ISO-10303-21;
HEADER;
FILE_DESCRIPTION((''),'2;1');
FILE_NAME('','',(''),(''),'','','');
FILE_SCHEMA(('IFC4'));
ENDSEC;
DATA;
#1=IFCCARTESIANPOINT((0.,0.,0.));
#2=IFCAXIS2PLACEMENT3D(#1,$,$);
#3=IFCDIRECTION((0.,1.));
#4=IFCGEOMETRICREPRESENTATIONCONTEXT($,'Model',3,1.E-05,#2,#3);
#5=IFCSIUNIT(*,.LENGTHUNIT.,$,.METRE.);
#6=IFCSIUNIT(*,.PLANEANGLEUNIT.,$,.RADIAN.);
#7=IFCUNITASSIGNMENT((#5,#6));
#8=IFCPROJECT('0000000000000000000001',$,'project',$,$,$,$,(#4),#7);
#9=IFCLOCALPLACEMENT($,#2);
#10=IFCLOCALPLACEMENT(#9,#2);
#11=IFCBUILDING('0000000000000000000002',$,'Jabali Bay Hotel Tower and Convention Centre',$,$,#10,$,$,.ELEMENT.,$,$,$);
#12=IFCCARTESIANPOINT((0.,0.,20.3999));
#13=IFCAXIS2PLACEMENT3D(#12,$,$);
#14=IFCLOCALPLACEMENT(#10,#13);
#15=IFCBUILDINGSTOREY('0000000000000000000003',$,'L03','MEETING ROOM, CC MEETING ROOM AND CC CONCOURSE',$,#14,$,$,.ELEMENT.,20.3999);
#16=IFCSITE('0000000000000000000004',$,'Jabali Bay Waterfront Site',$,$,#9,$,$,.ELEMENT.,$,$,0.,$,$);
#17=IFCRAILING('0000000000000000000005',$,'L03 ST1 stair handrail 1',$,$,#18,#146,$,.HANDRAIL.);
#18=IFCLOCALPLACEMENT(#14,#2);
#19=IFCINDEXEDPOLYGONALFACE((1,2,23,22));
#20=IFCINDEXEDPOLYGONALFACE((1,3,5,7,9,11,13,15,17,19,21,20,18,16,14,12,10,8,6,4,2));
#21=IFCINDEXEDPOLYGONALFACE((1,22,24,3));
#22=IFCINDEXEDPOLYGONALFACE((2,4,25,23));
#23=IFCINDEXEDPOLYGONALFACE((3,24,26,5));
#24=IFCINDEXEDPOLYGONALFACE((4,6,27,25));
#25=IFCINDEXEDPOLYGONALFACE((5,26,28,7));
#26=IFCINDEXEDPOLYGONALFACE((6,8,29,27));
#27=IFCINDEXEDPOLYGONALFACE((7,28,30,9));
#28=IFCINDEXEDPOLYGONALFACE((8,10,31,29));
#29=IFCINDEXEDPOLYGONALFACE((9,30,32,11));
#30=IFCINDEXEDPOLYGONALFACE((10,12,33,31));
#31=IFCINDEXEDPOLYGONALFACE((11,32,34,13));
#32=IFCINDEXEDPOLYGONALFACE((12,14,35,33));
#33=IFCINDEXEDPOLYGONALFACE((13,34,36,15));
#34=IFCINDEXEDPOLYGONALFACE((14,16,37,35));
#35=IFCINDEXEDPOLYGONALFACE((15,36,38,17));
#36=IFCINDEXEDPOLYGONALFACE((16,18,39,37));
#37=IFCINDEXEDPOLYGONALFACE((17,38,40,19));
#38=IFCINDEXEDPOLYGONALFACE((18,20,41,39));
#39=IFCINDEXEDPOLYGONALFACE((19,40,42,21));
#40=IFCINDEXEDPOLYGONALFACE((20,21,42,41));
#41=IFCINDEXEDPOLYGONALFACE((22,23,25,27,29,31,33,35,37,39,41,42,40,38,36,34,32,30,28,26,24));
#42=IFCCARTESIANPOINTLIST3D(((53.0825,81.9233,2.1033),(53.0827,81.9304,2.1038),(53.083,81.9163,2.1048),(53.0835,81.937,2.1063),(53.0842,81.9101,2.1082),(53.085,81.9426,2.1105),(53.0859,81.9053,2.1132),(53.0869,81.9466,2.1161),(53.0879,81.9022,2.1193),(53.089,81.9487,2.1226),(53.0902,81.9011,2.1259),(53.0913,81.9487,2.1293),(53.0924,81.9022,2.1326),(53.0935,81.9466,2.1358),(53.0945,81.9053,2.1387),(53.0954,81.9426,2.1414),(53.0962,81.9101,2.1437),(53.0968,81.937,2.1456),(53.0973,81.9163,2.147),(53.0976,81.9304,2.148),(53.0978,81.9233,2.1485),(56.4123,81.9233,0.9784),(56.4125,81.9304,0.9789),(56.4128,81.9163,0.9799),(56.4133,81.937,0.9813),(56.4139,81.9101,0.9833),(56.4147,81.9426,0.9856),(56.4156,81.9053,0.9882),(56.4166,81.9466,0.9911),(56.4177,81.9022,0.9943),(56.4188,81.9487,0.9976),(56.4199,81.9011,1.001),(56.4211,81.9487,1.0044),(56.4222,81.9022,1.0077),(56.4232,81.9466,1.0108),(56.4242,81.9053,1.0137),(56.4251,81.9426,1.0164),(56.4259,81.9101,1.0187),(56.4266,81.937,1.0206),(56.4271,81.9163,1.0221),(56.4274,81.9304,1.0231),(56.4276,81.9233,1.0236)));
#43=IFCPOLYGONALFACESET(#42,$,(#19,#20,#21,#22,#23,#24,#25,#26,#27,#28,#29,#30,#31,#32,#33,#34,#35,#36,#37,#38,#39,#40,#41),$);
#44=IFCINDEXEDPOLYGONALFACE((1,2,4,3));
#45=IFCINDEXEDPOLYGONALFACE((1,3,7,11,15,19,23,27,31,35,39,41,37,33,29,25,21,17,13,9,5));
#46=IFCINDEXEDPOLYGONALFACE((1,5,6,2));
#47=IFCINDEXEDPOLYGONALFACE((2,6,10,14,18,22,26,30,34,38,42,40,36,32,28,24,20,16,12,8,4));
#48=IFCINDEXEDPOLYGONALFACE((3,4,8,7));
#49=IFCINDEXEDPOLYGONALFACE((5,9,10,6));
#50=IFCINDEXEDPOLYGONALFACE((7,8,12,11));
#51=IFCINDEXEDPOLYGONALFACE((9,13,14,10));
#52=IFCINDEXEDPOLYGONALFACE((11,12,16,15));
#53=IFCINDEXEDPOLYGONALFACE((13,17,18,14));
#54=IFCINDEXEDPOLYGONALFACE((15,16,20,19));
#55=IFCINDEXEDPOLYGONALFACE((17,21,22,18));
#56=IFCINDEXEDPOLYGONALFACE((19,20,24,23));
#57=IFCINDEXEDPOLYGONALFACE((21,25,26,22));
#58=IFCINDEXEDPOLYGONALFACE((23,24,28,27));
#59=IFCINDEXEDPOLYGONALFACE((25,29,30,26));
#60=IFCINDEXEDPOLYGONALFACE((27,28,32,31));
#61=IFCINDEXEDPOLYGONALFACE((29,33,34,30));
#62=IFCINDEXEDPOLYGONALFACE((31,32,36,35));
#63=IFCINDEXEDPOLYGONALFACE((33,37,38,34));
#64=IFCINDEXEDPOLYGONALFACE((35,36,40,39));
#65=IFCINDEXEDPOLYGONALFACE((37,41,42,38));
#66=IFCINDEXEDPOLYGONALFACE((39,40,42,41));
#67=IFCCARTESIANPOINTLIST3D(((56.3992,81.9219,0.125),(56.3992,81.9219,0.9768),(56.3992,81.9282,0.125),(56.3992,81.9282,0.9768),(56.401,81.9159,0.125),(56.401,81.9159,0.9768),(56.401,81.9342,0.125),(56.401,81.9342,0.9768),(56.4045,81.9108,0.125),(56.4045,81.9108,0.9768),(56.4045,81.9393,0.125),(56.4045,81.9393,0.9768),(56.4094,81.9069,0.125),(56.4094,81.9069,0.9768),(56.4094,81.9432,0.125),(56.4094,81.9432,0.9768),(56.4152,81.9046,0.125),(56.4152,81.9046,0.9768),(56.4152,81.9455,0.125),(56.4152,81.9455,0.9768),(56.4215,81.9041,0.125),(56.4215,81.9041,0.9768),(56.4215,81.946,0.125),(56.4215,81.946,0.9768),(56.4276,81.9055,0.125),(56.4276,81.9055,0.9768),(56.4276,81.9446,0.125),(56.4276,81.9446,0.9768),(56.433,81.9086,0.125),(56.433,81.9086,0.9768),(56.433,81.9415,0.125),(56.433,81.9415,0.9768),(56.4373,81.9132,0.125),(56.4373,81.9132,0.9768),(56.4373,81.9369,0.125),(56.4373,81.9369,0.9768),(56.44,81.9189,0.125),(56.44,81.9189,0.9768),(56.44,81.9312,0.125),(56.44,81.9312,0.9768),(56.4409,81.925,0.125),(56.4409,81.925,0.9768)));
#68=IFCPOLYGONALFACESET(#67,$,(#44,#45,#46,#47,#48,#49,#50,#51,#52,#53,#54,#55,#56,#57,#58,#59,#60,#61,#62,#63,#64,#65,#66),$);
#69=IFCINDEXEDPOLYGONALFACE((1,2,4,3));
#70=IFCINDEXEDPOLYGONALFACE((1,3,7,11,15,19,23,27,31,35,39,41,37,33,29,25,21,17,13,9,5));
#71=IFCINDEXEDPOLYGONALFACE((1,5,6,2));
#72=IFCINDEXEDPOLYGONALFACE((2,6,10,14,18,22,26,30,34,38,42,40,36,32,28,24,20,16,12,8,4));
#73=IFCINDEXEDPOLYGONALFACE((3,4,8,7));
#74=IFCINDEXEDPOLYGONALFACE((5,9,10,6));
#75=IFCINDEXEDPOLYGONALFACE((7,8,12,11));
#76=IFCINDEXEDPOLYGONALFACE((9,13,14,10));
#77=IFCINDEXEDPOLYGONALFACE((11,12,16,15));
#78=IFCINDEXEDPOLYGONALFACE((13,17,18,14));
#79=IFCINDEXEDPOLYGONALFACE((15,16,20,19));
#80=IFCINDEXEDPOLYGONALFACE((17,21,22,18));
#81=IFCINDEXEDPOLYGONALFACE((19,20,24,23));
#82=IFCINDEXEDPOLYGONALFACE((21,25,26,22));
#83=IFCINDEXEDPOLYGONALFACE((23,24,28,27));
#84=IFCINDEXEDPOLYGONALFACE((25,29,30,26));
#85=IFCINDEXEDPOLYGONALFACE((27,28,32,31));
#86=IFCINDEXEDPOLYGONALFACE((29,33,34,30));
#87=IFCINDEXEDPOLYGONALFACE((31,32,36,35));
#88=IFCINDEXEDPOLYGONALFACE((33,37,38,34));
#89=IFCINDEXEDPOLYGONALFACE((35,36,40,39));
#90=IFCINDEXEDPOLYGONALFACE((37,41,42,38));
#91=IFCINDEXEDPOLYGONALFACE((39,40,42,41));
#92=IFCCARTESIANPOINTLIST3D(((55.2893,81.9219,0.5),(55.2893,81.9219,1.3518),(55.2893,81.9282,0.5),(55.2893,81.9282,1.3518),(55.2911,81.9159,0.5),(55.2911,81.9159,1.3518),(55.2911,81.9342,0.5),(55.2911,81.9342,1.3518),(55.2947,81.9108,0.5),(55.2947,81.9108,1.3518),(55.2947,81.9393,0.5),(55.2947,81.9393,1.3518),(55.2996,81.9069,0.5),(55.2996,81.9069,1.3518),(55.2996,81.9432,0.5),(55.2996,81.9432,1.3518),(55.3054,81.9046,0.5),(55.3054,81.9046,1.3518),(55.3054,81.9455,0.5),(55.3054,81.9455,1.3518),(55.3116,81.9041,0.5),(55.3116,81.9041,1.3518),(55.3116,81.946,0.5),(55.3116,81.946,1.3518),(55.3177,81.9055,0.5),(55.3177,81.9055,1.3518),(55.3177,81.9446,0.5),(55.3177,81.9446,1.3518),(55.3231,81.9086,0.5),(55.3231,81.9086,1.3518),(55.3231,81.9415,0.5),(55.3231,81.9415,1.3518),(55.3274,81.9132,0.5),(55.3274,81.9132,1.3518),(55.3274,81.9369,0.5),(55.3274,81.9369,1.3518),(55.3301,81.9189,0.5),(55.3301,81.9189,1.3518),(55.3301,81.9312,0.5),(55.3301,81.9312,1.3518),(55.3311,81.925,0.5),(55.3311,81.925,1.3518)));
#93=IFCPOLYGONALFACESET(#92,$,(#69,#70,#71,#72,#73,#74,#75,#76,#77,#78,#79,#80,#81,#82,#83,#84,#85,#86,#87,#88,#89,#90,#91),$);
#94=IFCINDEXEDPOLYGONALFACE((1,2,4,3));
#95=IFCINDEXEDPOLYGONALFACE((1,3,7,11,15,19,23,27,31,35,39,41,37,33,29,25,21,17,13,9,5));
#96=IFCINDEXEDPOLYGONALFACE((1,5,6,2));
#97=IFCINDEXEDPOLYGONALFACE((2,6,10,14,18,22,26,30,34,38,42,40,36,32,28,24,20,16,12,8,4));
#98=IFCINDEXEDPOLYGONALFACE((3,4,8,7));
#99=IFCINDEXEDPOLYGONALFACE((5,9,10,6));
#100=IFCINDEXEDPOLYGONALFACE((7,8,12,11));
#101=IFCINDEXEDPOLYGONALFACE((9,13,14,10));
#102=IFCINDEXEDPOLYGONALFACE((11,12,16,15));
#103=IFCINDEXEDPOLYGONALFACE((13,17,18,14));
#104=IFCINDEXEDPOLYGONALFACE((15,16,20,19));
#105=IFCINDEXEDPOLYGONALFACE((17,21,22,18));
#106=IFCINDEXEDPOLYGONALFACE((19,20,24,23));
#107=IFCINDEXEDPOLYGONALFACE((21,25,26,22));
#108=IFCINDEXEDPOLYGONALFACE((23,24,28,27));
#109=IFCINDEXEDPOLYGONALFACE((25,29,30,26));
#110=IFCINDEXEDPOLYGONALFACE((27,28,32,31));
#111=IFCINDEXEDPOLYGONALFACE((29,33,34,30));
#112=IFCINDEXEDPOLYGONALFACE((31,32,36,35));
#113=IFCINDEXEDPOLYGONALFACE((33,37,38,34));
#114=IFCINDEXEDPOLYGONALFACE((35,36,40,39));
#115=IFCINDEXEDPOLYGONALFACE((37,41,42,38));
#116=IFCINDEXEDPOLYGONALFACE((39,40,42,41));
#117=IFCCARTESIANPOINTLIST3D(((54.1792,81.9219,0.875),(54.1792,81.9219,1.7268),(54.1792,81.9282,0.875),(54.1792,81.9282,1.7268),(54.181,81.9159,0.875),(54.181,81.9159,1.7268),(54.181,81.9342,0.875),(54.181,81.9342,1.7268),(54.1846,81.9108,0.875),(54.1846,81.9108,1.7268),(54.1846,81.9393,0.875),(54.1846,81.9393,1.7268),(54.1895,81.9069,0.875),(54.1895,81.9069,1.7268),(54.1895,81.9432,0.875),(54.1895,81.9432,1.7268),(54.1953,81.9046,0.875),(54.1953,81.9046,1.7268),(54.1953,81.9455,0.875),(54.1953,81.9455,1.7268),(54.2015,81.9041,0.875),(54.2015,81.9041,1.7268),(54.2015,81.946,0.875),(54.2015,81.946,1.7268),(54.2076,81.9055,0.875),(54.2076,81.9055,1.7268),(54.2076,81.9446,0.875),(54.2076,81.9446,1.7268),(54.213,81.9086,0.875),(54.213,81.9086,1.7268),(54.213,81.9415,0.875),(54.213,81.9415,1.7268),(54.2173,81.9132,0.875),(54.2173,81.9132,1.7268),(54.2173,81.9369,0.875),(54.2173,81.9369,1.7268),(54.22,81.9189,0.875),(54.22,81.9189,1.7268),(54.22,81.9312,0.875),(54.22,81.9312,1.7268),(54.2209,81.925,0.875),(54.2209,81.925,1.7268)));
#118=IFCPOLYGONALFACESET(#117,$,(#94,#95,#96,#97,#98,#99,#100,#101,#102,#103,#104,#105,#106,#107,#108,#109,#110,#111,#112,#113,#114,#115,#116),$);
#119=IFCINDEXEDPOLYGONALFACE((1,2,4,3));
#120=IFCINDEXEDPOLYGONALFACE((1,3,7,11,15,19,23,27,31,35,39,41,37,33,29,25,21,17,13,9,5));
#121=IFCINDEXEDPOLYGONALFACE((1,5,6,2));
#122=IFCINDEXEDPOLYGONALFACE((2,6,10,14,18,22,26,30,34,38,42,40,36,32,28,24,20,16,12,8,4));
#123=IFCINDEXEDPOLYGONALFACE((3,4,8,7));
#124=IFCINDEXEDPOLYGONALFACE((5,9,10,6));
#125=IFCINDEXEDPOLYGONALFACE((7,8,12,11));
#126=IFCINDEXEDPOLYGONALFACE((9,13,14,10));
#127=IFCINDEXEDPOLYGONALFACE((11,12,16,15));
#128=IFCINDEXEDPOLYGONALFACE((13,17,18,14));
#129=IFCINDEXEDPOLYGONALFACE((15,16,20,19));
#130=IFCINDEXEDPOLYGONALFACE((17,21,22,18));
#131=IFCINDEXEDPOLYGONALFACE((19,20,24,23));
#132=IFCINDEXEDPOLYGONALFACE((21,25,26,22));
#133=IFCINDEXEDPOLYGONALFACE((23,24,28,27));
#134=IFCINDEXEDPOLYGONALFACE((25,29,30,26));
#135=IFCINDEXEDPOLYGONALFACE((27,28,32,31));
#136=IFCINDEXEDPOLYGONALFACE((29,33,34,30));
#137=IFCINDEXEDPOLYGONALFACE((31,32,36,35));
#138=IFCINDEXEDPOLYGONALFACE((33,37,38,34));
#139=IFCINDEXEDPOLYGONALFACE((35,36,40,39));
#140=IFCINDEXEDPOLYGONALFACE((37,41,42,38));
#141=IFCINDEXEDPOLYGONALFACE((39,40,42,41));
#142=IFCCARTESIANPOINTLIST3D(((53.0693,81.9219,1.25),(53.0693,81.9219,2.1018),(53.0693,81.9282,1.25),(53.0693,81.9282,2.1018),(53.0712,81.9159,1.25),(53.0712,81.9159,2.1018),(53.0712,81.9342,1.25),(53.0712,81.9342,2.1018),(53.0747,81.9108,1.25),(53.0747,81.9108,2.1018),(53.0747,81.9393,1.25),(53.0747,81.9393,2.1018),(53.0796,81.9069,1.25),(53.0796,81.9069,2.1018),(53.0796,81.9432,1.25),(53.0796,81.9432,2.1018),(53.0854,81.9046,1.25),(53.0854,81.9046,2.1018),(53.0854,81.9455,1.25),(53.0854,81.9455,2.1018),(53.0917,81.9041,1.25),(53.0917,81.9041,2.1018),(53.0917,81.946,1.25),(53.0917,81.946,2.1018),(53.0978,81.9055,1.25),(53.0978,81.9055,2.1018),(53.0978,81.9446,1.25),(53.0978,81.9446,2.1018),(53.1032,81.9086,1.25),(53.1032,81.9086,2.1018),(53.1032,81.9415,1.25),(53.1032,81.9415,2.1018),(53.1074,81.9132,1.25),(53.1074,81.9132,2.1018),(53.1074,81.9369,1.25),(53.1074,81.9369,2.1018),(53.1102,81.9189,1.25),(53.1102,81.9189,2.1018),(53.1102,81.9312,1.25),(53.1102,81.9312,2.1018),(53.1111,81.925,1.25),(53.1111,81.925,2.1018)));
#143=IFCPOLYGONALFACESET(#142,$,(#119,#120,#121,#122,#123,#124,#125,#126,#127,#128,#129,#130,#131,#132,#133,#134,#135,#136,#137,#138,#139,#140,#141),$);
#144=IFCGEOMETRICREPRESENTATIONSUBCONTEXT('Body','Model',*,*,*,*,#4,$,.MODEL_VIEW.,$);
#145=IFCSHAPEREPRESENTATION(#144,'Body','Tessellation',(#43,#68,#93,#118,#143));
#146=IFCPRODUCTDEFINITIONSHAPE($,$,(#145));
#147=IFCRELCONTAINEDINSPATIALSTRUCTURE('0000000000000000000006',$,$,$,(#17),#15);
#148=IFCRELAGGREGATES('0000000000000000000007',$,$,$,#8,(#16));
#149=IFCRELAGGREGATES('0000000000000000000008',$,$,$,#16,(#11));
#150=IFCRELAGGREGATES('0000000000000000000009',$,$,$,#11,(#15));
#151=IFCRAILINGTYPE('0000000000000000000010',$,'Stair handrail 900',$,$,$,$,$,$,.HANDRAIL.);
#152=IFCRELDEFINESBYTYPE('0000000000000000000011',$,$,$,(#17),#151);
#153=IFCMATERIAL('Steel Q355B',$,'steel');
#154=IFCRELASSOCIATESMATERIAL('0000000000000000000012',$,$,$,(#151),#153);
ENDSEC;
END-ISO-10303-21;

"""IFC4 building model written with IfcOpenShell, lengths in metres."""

from ifc_helpers import new_model, si_unit, direction, frame, origin, origin_2d, place, context, subcontext, project, spatial, circle, extrude, material, type_object, element, save


model = new_model("IFC4")

# Units and contexts
model_context = context("Model", 3, precision=1e-05, world=origin(), true_north=direction((0.0, 1.0)))
body_context = subcontext(model_context, "Body", "Model", "MODEL_VIEW")
ifc_project = project(units=[si_unit("LENGTHUNIT", "METRE"), si_unit("PLANEANGLEUNIT", "RADIAN")], contexts=[model_context])

# Site, building, storey
site_placement = place(None, origin())
site = spatial("IfcSite", under=ifc_project, at=site_placement, Name="Jabali Bay Waterfront Site", CompositionType="ELEMENT", RefElevation=0.0)
building_placement = place(site_placement, origin())
building = spatial("IfcBuilding", under=site, at=building_placement, Name="Jabali Bay Hotel Tower and Convention Centre", CompositionType="ELEMENT")
storey_placement = place(building_placement, frame((0.0, 0.0, 20.3999)))
storey = spatial("IfcBuildingStorey", under=building, at=storey_placement, Name="L03", Description="MEETING ROOM, CC MEETING ROOM AND CC CONCOURSE", CompositionType="ELEMENT", Elevation=20.3999)

# Railing
ifc_material_1 = material(Name="Steel Q355B", Category="steel")
railing_type_1 = type_object("IfcRailingType", Name="Stair handrail 900", PredefinedType="HANDRAIL", material=ifc_material_1)
railing_1_placement = place(storey_placement, frame((56.4199, 81.925, 0.125)))
element("IfcRailing", 1, at=railing_1_placement, inside=storey, type_object=railing_type_1, Name="L03 ST1 stair handrail 1", PredefinedType="HANDRAIL", context=body_context, shape_type="SweptSolid", body=[
    extrude(circle(Radius=0.0239, at=origin_2d()), frame((0.0, 0.0, 0.876), z_axis=(-0.94739, 0.0, 0.32008), x_axis=(0.0, -1.0, 0.0)), (0.0, 0.0, 1.0), 3.5146),
    extrude(circle(Radius=0.021, at=origin_2d()), origin(), (0.0, 0.0, 1.0), 0.8518),
    extrude(circle(Radius=0.021, at=origin_2d()), frame((-1.1099, 0.0, 0.375)), (0.0, 0.0, 1.0), 0.8518),
    extrude(circle(Radius=0.021, at=origin_2d()), frame((-2.22, 0.0, 0.75)), (0.0, 0.0, 1.0), 0.8518),
    extrude(circle(Radius=0.021, at=origin_2d()), frame((-3.3298, 0.0, 1.125)), (0.0, 0.0, 1.0), 0.8518),
])

save(model, "model.ifc")
